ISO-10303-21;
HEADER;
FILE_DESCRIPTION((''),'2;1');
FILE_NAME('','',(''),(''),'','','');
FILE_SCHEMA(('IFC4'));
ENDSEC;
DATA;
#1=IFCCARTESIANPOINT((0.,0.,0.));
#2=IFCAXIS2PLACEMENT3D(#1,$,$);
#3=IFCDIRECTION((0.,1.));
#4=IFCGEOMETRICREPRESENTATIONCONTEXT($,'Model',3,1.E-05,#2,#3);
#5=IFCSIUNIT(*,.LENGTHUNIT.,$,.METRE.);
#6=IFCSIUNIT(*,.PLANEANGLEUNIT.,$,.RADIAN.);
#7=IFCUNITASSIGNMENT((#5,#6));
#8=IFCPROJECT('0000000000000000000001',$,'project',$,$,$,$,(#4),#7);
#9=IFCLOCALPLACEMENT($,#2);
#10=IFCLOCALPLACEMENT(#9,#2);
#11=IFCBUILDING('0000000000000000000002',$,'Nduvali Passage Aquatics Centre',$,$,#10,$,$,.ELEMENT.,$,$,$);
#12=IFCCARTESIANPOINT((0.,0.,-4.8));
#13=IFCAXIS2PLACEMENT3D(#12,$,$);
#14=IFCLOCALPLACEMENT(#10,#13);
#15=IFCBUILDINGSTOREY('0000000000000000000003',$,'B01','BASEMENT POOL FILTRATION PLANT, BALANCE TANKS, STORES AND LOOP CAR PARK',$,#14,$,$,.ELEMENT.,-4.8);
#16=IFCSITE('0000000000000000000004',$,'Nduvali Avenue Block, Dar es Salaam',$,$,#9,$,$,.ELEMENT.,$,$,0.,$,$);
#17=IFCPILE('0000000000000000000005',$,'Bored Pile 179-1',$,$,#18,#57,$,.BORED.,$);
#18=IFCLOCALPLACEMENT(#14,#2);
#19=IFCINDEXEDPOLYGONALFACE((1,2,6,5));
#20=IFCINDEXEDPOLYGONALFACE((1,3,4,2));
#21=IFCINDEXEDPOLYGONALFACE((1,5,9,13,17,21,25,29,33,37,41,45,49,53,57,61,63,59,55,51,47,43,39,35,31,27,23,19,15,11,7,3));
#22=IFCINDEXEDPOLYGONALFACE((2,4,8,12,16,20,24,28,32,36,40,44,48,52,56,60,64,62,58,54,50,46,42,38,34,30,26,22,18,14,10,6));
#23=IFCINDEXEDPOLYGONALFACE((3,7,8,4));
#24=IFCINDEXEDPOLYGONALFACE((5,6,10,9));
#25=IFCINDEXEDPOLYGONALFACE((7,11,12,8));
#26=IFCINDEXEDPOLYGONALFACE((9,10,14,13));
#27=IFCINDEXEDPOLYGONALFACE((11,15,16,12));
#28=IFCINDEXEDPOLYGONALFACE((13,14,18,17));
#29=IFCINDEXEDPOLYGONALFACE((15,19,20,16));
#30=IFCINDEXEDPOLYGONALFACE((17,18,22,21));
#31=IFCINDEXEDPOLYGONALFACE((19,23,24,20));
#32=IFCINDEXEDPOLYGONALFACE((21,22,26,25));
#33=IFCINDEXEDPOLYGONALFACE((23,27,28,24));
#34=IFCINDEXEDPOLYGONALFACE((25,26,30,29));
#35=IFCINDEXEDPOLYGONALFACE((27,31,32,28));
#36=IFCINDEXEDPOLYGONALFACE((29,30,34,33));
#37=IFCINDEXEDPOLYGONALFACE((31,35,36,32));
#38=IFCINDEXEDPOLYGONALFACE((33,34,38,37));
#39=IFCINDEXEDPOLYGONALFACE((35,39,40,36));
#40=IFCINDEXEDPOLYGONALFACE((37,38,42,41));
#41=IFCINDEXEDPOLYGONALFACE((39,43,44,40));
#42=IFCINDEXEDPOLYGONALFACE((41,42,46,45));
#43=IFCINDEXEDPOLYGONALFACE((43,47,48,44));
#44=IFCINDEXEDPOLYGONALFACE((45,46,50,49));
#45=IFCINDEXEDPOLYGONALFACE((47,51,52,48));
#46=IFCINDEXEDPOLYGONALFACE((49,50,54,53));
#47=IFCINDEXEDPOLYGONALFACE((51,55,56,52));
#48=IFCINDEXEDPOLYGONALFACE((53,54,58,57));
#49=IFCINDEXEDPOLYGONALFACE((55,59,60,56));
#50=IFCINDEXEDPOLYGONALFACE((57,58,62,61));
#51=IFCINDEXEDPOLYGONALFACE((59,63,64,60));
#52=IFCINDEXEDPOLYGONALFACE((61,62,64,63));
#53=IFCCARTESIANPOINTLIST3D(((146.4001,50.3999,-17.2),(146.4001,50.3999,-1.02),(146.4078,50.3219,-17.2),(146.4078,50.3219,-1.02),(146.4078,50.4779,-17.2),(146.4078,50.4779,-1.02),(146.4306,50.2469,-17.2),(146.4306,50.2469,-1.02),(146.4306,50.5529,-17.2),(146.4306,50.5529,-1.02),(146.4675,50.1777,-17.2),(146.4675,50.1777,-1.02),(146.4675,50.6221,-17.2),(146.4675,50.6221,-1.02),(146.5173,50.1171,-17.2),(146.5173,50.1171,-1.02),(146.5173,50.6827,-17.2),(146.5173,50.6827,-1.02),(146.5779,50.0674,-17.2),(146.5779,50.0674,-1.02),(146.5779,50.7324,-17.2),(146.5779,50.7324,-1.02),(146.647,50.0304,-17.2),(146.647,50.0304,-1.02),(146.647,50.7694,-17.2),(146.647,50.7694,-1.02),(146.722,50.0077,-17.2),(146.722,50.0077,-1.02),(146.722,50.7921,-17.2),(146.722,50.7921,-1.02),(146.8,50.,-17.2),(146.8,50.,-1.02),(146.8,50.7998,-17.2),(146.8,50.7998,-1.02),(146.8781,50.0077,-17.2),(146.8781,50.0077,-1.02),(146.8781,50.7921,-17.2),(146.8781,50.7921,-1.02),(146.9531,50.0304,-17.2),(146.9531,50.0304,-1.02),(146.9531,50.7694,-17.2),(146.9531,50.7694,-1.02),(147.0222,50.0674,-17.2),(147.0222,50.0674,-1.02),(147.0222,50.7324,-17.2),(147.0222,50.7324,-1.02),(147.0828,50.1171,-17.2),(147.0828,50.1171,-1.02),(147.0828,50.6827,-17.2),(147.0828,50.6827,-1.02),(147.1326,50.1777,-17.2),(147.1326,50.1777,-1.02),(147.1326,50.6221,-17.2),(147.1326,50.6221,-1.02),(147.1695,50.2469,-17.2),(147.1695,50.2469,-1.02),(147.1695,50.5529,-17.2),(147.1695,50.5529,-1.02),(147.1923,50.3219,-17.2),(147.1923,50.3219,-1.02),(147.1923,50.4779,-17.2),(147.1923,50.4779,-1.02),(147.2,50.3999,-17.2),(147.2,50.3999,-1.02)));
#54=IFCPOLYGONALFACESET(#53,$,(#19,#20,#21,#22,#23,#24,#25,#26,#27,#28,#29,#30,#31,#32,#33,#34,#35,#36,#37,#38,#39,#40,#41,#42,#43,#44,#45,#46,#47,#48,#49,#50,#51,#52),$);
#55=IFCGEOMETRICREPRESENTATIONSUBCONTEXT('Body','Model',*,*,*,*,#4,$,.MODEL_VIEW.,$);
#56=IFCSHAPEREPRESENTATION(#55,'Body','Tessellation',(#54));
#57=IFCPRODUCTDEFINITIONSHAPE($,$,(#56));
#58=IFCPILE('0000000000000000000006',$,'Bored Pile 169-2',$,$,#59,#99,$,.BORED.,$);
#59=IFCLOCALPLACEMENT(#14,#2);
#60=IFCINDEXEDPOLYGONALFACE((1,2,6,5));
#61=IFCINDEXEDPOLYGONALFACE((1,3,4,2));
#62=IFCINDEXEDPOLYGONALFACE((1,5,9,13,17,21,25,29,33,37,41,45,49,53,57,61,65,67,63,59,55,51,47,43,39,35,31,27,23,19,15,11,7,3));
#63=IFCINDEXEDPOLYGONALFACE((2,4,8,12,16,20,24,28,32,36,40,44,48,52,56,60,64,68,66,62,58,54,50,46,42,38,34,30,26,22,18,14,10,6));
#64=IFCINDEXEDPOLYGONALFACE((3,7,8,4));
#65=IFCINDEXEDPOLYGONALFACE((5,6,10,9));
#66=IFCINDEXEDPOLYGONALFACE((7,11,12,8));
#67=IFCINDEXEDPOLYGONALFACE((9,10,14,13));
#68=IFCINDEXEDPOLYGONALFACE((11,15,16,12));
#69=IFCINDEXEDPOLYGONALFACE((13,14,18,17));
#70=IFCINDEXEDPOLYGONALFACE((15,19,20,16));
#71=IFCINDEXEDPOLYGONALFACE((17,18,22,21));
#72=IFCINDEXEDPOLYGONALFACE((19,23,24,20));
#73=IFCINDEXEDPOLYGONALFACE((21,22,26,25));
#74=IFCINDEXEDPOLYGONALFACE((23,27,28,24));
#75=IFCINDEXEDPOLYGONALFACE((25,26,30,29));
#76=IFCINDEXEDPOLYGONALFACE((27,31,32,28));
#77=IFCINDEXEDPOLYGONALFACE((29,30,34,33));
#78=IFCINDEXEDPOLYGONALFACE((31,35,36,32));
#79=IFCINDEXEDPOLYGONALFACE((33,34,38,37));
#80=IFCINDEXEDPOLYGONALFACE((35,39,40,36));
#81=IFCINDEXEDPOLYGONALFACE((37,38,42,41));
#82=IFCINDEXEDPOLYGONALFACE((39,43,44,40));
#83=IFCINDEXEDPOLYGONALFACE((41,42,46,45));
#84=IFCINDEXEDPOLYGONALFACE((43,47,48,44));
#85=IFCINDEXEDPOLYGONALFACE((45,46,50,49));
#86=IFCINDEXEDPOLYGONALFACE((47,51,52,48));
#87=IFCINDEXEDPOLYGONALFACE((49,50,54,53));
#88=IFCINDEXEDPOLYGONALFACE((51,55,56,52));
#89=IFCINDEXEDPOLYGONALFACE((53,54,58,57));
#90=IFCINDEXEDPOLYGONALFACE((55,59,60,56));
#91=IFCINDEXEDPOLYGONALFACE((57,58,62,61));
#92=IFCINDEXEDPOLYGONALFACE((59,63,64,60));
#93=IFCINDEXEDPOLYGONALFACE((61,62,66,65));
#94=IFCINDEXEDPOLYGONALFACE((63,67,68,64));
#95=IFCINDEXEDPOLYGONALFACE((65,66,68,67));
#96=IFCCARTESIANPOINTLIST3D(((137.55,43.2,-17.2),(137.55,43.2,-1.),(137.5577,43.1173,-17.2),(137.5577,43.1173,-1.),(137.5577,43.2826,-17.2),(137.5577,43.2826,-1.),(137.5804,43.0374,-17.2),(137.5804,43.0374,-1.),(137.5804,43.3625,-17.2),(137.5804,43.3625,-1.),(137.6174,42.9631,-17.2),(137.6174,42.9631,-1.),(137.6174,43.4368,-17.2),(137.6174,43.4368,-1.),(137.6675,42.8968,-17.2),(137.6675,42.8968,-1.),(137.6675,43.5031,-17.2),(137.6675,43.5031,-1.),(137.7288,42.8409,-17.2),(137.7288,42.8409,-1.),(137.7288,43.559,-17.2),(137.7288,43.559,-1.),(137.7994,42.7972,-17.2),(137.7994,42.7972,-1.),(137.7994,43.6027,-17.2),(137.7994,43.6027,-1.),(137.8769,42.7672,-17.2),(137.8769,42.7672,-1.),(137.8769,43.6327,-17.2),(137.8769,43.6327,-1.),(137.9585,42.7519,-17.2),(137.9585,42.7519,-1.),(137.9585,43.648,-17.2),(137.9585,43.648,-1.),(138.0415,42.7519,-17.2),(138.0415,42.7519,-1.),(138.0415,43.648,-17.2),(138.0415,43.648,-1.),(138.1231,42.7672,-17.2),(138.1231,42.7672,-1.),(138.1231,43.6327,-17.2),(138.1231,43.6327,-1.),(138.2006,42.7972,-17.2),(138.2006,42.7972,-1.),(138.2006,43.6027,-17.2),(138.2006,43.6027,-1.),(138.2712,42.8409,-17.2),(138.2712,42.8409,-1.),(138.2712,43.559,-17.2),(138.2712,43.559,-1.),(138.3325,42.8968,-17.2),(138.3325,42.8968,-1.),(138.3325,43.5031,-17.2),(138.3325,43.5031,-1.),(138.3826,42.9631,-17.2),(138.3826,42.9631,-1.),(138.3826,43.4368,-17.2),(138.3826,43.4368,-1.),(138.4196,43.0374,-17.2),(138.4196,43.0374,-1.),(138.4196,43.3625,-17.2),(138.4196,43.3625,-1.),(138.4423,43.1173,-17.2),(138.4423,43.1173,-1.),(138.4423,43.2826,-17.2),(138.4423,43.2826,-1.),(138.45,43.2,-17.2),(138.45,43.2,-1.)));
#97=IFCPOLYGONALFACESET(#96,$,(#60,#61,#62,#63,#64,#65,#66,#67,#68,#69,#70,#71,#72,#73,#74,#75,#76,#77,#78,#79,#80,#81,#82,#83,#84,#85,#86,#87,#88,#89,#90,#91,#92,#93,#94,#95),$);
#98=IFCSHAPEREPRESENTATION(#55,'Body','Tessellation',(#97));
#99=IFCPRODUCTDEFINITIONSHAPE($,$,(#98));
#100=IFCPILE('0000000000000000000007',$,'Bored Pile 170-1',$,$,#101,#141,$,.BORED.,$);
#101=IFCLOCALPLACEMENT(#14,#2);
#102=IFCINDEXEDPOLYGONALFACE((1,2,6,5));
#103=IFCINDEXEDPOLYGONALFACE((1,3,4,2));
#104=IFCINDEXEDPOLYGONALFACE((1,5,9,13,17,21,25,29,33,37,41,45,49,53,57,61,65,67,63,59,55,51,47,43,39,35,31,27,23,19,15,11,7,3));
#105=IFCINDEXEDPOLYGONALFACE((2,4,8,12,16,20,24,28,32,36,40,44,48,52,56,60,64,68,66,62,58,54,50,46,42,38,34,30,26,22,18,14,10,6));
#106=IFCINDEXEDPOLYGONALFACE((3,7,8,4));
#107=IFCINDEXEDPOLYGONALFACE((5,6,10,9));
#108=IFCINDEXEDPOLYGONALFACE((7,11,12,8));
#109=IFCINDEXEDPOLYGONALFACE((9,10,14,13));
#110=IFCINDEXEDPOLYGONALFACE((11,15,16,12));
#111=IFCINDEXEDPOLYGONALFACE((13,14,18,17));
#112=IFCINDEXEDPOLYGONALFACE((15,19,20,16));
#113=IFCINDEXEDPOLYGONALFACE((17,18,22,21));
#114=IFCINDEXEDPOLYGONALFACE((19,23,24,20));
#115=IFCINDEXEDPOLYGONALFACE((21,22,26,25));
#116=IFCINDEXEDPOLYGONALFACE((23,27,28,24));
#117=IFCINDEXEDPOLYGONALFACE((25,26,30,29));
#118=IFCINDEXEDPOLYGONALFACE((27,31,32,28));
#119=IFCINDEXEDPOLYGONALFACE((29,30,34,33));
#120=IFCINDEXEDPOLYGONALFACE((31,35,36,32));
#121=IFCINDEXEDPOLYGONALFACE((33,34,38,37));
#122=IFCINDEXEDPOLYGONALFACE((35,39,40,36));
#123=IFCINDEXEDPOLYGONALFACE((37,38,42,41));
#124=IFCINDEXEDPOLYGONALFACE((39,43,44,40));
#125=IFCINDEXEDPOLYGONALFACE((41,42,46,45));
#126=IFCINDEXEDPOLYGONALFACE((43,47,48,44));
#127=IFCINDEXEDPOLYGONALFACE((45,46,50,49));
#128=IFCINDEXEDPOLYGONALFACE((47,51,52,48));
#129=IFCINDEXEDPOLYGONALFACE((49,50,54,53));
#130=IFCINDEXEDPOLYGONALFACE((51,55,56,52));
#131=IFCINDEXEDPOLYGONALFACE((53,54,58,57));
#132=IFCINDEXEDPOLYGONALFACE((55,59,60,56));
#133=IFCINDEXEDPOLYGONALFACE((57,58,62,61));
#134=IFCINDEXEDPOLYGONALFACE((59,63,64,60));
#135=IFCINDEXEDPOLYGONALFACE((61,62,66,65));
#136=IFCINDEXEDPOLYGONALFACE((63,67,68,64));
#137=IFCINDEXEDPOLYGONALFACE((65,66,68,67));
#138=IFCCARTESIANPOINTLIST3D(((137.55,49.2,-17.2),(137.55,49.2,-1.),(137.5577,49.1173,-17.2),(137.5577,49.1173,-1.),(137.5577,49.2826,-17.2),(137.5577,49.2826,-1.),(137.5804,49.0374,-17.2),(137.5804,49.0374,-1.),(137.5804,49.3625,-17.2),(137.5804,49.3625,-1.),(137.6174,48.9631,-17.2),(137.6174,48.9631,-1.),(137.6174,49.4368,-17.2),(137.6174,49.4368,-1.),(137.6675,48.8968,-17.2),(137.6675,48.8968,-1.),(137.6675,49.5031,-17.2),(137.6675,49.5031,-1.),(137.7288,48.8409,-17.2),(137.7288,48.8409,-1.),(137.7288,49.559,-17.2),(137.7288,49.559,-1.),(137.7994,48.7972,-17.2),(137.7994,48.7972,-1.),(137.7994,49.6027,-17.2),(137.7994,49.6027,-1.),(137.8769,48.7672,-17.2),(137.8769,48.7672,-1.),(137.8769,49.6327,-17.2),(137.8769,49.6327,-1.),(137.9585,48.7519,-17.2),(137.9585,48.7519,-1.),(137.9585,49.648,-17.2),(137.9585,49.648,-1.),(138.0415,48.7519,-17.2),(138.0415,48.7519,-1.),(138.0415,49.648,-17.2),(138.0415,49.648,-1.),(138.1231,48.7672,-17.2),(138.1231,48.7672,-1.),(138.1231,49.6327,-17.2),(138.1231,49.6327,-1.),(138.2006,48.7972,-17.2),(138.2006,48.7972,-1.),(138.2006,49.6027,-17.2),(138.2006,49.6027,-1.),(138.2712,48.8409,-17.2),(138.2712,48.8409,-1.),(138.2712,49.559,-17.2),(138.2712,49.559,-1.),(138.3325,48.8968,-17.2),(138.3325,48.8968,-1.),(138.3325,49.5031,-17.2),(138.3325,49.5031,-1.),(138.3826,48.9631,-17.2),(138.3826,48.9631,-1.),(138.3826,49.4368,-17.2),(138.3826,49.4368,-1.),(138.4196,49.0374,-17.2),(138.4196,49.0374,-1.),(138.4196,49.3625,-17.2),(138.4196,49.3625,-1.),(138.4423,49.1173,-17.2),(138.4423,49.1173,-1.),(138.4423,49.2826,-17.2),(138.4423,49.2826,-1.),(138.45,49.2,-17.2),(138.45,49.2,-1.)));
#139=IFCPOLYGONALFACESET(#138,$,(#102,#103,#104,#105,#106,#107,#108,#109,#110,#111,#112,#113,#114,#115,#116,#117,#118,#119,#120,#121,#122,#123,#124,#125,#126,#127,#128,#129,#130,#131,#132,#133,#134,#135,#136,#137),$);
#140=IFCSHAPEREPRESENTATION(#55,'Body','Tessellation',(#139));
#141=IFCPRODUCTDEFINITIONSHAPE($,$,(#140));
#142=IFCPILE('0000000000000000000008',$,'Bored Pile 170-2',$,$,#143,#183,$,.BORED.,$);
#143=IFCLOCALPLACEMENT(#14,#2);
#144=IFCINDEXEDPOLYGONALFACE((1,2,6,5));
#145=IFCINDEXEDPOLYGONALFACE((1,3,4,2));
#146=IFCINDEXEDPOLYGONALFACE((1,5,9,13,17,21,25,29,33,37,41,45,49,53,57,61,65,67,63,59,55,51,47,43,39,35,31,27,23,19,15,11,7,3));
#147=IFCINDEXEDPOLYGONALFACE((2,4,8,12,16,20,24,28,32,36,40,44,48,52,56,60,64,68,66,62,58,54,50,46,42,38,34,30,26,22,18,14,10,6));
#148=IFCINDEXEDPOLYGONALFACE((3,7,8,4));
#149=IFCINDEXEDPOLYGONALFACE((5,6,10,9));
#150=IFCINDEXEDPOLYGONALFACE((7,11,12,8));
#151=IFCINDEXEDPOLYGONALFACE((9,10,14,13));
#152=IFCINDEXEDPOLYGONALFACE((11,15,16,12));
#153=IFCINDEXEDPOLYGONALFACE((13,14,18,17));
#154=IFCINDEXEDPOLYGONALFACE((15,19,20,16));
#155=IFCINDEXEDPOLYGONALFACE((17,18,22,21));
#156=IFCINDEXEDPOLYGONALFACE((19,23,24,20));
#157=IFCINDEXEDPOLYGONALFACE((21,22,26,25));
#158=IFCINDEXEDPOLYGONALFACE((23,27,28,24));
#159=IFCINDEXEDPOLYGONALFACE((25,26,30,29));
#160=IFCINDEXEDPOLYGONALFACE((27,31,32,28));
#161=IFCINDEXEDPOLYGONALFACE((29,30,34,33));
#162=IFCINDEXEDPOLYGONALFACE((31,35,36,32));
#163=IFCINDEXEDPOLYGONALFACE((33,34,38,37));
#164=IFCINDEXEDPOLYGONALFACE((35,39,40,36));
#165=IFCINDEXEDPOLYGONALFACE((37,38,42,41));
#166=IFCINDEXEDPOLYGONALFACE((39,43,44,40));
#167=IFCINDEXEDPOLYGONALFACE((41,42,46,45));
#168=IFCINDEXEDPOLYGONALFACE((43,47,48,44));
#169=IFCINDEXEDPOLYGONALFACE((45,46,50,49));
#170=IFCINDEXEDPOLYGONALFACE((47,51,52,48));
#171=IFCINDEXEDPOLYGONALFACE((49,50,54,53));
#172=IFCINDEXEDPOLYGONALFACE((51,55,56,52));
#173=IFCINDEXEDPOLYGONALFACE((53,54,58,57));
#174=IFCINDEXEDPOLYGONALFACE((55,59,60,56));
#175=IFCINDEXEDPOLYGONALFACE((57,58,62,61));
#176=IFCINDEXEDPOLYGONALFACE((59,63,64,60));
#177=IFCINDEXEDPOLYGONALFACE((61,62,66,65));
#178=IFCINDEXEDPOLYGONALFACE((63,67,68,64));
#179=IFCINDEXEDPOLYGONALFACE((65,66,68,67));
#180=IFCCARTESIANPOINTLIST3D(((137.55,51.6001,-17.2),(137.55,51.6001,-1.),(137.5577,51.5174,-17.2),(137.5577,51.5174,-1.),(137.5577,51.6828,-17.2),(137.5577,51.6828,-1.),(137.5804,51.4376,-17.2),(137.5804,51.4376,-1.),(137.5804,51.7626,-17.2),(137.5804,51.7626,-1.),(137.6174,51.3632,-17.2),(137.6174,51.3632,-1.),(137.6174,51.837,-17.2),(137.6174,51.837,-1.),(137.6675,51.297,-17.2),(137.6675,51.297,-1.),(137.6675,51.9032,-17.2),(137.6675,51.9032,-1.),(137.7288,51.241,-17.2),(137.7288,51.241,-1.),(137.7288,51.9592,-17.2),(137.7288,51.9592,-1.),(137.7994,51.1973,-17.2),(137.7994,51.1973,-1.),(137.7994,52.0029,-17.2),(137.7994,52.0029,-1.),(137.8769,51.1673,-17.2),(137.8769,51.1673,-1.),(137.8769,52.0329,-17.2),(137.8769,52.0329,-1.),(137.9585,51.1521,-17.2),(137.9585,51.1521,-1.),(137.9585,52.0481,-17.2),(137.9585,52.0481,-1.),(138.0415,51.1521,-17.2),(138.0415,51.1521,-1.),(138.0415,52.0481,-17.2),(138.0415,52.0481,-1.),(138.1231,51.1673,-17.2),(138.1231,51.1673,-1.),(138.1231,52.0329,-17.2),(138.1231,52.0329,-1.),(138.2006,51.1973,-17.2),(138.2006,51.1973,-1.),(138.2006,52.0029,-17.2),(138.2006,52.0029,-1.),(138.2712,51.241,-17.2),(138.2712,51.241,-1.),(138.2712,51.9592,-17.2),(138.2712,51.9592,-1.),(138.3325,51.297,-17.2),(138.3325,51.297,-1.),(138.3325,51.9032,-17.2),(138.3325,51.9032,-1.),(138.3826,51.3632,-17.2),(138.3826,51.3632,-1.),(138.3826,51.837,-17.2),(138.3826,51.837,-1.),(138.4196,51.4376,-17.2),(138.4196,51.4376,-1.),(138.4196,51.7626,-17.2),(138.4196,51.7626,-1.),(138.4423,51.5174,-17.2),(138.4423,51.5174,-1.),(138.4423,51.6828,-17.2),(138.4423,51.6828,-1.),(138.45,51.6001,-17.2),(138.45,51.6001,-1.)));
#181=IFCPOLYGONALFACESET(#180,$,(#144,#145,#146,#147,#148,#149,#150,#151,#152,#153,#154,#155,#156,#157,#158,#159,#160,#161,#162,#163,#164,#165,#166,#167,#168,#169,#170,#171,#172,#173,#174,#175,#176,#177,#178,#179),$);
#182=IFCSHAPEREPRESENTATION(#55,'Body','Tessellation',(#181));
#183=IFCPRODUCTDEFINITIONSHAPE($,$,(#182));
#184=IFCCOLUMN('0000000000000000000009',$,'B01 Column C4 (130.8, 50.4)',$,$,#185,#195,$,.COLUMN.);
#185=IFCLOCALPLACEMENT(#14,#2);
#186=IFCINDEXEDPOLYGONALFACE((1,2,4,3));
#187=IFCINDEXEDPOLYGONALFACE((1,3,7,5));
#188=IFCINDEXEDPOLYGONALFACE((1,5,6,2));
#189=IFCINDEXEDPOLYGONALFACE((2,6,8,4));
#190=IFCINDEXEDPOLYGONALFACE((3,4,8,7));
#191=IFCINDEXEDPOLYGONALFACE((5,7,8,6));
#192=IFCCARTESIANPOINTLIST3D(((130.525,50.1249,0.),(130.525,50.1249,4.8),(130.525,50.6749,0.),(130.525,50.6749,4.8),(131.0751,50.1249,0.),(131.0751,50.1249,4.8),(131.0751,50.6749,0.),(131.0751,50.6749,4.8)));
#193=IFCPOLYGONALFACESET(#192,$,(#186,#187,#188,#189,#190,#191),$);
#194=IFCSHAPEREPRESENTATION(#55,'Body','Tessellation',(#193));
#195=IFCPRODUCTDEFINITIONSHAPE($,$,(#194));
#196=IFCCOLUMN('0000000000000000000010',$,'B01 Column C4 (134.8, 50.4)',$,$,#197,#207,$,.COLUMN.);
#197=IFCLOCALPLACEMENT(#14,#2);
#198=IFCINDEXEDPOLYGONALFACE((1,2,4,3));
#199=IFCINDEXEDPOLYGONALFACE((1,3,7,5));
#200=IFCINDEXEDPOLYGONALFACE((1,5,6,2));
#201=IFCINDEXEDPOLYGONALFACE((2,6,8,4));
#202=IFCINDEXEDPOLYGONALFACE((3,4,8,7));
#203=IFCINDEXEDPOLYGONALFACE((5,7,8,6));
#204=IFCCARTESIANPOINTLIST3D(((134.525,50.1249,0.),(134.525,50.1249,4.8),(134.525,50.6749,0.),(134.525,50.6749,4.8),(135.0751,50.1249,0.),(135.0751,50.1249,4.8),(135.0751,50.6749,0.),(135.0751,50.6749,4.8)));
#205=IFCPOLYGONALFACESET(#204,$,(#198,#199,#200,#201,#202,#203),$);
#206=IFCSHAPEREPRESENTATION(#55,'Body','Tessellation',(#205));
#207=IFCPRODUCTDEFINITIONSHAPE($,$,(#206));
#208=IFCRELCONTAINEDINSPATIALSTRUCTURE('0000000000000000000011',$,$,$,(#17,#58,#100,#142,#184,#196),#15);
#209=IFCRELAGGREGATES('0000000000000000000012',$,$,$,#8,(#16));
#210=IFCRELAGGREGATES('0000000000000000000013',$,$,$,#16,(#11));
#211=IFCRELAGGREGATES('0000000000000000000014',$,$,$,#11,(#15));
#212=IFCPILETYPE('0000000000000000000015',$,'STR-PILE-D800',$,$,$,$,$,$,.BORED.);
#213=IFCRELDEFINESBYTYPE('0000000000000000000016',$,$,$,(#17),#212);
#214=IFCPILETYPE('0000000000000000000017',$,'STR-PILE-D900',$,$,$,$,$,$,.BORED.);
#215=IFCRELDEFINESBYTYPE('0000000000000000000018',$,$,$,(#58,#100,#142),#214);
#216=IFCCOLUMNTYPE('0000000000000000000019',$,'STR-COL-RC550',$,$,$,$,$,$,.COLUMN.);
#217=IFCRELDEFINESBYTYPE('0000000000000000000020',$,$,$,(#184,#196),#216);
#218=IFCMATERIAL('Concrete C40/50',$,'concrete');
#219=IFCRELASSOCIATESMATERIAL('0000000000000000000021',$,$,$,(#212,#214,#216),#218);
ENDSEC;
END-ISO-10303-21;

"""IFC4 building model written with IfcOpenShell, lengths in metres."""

from ifc_helpers import new_model, si_unit, direction, frame, origin, origin_2d, place, context, subcontext, project, spatial, rectangle, circle, extrude, material, material_profile, profile_set, type_object, element, save


model = new_model("IFC4")

# Units and contexts
model_context = context("Model", 3, precision=1e-05, world=origin(), true_north=direction((0.0, 1.0)))
body_context = subcontext(model_context, "Body", "Model", "MODEL_VIEW")
ifc_project = project(units=[si_unit("LENGTHUNIT", "METRE"), si_unit("PLANEANGLEUNIT", "RADIAN")], contexts=[model_context])

# Site, building, storey
site_placement = place(None, origin())
site = spatial("IfcSite", under=ifc_project, at=site_placement, Name="Nduvali Avenue Block, Dar es Salaam", CompositionType="ELEMENT", RefElevation=0.0)
building_placement = place(site_placement, origin())
building = spatial("IfcBuilding", under=site, at=building_placement, Name="Nduvali Passage Aquatics Centre", CompositionType="ELEMENT")
storey_placement = place(building_placement, frame((0.0, 0.0, -4.8)))
storey = spatial("IfcBuildingStorey", under=building, at=storey_placement, Name="B01", Description="BASEMENT POOL FILTRATION PLANT, BALANCE TANKS, STORES AND LOOP CAR PARK", CompositionType="ELEMENT", Elevation=-4.8)

# Shared definitions
ifc_material = material(Name="Concrete C40/50", Category="concrete")

# Piles
ifc_material_profile_1 = material_profile(ifc_material, circle(Radius=0.3999, at=origin_2d()), Name="PILE D800")
ifc_profile_set_1 = profile_set([ifc_material_profile_1], Name="Concrete C40/50")
pile_type_1 = type_object("IfcPileType", Name="STR-PILE-D800", PredefinedType="BORED", material=ifc_profile_set_1)
pile_placement = place(storey_placement, frame((146.8, 50.3999, -1.02), z_axis=(0.0, 0.0, -1.0), x_axis=(1.0, 0.0, 0.0)))
element("IfcPile", 1, at=pile_placement, inside=storey, type_object=pile_type_1, Name="Bored Pile 179-1", PredefinedType="BORED", context=body_context, shape_type="SweptSolid", body=[
    extrude(circle(Radius=0.3999, at=origin_2d()), origin(), (0.0, 0.0, 1.0), 16.1799),
])
ifc_material_profile_2 = material_profile(ifc_material, circle(Radius=0.45, at=origin_2d()), Name="PILE D900")
ifc_profile_set_2 = profile_set([ifc_material_profile_2], Name="Concrete C40/50")
pile_type_2 = type_object("IfcPileType", Name="STR-PILE-D900", PredefinedType="BORED", material=ifc_profile_set_2)
for number, where, z_axis, x_axis, name in (
    (2, (138.0, 43.2, -1.0), (0.0, 0.0, -1.0), (1.0, 0.0, 0.0), "Bored Pile 169-2"),
    (3, (138.0, 49.2, -1.0), (0.0, 0.0, -1.0), (1.0, 0.0, 0.0), "Bored Pile 170-1"),
    (4, (138.0, 51.6001, -1.0), (0.0, 0.0, -1.0), (1.0, 0.0, 0.0), "Bored Pile 170-2"),
):
    element("IfcPile", number, at=place(storey_placement, frame(where, z_axis=z_axis, x_axis=x_axis)), inside=storey, type_object=pile_type_2, Name=name, PredefinedType="BORED", context=body_context, shape_type="SweptSolid", body=[
        extrude(circle(Radius=0.45, at=origin_2d()), origin(), (0.0, 0.0, 1.0), 16.2),
    ])

# Columns
ifc_material_profile_3 = material_profile(ifc_material, rectangle(XDim=0.55, YDim=0.55, at=origin_2d()), Name="RC 550x550")
ifc_profile_set_3 = profile_set([ifc_material_profile_3], Name="Concrete C40/50")
column_type_1 = type_object("IfcColumnType", Name="STR-COL-RC550", PredefinedType="COLUMN", material=ifc_profile_set_3)
for number, where, z_axis, x_axis, name in (
    (5, (130.8, 50.3999, 0.0), (0.0, 0.0, 1.0), (1.0, 0.0, 0.0), "B01 Column C4 (130.8, 50.4)"),
    (6, (134.8, 50.3999, 0.0), (0.0, 0.0, 1.0), (1.0, 0.0, 0.0), "B01 Column C4 (134.8, 50.4)"),
):
    element("IfcColumn", number, at=place(storey_placement, frame(where, z_axis=z_axis, x_axis=x_axis)), inside=storey, type_object=column_type_1, Name=name, PredefinedType="COLUMN", context=body_context, shape_type="SweptSolid", body=[
        extrude(rectangle(XDim=0.55, YDim=0.55, at=origin_2d()), origin(), (0.0, 0.0, 1.0), 4.8),
    ])

save(model, "model.ifc")
